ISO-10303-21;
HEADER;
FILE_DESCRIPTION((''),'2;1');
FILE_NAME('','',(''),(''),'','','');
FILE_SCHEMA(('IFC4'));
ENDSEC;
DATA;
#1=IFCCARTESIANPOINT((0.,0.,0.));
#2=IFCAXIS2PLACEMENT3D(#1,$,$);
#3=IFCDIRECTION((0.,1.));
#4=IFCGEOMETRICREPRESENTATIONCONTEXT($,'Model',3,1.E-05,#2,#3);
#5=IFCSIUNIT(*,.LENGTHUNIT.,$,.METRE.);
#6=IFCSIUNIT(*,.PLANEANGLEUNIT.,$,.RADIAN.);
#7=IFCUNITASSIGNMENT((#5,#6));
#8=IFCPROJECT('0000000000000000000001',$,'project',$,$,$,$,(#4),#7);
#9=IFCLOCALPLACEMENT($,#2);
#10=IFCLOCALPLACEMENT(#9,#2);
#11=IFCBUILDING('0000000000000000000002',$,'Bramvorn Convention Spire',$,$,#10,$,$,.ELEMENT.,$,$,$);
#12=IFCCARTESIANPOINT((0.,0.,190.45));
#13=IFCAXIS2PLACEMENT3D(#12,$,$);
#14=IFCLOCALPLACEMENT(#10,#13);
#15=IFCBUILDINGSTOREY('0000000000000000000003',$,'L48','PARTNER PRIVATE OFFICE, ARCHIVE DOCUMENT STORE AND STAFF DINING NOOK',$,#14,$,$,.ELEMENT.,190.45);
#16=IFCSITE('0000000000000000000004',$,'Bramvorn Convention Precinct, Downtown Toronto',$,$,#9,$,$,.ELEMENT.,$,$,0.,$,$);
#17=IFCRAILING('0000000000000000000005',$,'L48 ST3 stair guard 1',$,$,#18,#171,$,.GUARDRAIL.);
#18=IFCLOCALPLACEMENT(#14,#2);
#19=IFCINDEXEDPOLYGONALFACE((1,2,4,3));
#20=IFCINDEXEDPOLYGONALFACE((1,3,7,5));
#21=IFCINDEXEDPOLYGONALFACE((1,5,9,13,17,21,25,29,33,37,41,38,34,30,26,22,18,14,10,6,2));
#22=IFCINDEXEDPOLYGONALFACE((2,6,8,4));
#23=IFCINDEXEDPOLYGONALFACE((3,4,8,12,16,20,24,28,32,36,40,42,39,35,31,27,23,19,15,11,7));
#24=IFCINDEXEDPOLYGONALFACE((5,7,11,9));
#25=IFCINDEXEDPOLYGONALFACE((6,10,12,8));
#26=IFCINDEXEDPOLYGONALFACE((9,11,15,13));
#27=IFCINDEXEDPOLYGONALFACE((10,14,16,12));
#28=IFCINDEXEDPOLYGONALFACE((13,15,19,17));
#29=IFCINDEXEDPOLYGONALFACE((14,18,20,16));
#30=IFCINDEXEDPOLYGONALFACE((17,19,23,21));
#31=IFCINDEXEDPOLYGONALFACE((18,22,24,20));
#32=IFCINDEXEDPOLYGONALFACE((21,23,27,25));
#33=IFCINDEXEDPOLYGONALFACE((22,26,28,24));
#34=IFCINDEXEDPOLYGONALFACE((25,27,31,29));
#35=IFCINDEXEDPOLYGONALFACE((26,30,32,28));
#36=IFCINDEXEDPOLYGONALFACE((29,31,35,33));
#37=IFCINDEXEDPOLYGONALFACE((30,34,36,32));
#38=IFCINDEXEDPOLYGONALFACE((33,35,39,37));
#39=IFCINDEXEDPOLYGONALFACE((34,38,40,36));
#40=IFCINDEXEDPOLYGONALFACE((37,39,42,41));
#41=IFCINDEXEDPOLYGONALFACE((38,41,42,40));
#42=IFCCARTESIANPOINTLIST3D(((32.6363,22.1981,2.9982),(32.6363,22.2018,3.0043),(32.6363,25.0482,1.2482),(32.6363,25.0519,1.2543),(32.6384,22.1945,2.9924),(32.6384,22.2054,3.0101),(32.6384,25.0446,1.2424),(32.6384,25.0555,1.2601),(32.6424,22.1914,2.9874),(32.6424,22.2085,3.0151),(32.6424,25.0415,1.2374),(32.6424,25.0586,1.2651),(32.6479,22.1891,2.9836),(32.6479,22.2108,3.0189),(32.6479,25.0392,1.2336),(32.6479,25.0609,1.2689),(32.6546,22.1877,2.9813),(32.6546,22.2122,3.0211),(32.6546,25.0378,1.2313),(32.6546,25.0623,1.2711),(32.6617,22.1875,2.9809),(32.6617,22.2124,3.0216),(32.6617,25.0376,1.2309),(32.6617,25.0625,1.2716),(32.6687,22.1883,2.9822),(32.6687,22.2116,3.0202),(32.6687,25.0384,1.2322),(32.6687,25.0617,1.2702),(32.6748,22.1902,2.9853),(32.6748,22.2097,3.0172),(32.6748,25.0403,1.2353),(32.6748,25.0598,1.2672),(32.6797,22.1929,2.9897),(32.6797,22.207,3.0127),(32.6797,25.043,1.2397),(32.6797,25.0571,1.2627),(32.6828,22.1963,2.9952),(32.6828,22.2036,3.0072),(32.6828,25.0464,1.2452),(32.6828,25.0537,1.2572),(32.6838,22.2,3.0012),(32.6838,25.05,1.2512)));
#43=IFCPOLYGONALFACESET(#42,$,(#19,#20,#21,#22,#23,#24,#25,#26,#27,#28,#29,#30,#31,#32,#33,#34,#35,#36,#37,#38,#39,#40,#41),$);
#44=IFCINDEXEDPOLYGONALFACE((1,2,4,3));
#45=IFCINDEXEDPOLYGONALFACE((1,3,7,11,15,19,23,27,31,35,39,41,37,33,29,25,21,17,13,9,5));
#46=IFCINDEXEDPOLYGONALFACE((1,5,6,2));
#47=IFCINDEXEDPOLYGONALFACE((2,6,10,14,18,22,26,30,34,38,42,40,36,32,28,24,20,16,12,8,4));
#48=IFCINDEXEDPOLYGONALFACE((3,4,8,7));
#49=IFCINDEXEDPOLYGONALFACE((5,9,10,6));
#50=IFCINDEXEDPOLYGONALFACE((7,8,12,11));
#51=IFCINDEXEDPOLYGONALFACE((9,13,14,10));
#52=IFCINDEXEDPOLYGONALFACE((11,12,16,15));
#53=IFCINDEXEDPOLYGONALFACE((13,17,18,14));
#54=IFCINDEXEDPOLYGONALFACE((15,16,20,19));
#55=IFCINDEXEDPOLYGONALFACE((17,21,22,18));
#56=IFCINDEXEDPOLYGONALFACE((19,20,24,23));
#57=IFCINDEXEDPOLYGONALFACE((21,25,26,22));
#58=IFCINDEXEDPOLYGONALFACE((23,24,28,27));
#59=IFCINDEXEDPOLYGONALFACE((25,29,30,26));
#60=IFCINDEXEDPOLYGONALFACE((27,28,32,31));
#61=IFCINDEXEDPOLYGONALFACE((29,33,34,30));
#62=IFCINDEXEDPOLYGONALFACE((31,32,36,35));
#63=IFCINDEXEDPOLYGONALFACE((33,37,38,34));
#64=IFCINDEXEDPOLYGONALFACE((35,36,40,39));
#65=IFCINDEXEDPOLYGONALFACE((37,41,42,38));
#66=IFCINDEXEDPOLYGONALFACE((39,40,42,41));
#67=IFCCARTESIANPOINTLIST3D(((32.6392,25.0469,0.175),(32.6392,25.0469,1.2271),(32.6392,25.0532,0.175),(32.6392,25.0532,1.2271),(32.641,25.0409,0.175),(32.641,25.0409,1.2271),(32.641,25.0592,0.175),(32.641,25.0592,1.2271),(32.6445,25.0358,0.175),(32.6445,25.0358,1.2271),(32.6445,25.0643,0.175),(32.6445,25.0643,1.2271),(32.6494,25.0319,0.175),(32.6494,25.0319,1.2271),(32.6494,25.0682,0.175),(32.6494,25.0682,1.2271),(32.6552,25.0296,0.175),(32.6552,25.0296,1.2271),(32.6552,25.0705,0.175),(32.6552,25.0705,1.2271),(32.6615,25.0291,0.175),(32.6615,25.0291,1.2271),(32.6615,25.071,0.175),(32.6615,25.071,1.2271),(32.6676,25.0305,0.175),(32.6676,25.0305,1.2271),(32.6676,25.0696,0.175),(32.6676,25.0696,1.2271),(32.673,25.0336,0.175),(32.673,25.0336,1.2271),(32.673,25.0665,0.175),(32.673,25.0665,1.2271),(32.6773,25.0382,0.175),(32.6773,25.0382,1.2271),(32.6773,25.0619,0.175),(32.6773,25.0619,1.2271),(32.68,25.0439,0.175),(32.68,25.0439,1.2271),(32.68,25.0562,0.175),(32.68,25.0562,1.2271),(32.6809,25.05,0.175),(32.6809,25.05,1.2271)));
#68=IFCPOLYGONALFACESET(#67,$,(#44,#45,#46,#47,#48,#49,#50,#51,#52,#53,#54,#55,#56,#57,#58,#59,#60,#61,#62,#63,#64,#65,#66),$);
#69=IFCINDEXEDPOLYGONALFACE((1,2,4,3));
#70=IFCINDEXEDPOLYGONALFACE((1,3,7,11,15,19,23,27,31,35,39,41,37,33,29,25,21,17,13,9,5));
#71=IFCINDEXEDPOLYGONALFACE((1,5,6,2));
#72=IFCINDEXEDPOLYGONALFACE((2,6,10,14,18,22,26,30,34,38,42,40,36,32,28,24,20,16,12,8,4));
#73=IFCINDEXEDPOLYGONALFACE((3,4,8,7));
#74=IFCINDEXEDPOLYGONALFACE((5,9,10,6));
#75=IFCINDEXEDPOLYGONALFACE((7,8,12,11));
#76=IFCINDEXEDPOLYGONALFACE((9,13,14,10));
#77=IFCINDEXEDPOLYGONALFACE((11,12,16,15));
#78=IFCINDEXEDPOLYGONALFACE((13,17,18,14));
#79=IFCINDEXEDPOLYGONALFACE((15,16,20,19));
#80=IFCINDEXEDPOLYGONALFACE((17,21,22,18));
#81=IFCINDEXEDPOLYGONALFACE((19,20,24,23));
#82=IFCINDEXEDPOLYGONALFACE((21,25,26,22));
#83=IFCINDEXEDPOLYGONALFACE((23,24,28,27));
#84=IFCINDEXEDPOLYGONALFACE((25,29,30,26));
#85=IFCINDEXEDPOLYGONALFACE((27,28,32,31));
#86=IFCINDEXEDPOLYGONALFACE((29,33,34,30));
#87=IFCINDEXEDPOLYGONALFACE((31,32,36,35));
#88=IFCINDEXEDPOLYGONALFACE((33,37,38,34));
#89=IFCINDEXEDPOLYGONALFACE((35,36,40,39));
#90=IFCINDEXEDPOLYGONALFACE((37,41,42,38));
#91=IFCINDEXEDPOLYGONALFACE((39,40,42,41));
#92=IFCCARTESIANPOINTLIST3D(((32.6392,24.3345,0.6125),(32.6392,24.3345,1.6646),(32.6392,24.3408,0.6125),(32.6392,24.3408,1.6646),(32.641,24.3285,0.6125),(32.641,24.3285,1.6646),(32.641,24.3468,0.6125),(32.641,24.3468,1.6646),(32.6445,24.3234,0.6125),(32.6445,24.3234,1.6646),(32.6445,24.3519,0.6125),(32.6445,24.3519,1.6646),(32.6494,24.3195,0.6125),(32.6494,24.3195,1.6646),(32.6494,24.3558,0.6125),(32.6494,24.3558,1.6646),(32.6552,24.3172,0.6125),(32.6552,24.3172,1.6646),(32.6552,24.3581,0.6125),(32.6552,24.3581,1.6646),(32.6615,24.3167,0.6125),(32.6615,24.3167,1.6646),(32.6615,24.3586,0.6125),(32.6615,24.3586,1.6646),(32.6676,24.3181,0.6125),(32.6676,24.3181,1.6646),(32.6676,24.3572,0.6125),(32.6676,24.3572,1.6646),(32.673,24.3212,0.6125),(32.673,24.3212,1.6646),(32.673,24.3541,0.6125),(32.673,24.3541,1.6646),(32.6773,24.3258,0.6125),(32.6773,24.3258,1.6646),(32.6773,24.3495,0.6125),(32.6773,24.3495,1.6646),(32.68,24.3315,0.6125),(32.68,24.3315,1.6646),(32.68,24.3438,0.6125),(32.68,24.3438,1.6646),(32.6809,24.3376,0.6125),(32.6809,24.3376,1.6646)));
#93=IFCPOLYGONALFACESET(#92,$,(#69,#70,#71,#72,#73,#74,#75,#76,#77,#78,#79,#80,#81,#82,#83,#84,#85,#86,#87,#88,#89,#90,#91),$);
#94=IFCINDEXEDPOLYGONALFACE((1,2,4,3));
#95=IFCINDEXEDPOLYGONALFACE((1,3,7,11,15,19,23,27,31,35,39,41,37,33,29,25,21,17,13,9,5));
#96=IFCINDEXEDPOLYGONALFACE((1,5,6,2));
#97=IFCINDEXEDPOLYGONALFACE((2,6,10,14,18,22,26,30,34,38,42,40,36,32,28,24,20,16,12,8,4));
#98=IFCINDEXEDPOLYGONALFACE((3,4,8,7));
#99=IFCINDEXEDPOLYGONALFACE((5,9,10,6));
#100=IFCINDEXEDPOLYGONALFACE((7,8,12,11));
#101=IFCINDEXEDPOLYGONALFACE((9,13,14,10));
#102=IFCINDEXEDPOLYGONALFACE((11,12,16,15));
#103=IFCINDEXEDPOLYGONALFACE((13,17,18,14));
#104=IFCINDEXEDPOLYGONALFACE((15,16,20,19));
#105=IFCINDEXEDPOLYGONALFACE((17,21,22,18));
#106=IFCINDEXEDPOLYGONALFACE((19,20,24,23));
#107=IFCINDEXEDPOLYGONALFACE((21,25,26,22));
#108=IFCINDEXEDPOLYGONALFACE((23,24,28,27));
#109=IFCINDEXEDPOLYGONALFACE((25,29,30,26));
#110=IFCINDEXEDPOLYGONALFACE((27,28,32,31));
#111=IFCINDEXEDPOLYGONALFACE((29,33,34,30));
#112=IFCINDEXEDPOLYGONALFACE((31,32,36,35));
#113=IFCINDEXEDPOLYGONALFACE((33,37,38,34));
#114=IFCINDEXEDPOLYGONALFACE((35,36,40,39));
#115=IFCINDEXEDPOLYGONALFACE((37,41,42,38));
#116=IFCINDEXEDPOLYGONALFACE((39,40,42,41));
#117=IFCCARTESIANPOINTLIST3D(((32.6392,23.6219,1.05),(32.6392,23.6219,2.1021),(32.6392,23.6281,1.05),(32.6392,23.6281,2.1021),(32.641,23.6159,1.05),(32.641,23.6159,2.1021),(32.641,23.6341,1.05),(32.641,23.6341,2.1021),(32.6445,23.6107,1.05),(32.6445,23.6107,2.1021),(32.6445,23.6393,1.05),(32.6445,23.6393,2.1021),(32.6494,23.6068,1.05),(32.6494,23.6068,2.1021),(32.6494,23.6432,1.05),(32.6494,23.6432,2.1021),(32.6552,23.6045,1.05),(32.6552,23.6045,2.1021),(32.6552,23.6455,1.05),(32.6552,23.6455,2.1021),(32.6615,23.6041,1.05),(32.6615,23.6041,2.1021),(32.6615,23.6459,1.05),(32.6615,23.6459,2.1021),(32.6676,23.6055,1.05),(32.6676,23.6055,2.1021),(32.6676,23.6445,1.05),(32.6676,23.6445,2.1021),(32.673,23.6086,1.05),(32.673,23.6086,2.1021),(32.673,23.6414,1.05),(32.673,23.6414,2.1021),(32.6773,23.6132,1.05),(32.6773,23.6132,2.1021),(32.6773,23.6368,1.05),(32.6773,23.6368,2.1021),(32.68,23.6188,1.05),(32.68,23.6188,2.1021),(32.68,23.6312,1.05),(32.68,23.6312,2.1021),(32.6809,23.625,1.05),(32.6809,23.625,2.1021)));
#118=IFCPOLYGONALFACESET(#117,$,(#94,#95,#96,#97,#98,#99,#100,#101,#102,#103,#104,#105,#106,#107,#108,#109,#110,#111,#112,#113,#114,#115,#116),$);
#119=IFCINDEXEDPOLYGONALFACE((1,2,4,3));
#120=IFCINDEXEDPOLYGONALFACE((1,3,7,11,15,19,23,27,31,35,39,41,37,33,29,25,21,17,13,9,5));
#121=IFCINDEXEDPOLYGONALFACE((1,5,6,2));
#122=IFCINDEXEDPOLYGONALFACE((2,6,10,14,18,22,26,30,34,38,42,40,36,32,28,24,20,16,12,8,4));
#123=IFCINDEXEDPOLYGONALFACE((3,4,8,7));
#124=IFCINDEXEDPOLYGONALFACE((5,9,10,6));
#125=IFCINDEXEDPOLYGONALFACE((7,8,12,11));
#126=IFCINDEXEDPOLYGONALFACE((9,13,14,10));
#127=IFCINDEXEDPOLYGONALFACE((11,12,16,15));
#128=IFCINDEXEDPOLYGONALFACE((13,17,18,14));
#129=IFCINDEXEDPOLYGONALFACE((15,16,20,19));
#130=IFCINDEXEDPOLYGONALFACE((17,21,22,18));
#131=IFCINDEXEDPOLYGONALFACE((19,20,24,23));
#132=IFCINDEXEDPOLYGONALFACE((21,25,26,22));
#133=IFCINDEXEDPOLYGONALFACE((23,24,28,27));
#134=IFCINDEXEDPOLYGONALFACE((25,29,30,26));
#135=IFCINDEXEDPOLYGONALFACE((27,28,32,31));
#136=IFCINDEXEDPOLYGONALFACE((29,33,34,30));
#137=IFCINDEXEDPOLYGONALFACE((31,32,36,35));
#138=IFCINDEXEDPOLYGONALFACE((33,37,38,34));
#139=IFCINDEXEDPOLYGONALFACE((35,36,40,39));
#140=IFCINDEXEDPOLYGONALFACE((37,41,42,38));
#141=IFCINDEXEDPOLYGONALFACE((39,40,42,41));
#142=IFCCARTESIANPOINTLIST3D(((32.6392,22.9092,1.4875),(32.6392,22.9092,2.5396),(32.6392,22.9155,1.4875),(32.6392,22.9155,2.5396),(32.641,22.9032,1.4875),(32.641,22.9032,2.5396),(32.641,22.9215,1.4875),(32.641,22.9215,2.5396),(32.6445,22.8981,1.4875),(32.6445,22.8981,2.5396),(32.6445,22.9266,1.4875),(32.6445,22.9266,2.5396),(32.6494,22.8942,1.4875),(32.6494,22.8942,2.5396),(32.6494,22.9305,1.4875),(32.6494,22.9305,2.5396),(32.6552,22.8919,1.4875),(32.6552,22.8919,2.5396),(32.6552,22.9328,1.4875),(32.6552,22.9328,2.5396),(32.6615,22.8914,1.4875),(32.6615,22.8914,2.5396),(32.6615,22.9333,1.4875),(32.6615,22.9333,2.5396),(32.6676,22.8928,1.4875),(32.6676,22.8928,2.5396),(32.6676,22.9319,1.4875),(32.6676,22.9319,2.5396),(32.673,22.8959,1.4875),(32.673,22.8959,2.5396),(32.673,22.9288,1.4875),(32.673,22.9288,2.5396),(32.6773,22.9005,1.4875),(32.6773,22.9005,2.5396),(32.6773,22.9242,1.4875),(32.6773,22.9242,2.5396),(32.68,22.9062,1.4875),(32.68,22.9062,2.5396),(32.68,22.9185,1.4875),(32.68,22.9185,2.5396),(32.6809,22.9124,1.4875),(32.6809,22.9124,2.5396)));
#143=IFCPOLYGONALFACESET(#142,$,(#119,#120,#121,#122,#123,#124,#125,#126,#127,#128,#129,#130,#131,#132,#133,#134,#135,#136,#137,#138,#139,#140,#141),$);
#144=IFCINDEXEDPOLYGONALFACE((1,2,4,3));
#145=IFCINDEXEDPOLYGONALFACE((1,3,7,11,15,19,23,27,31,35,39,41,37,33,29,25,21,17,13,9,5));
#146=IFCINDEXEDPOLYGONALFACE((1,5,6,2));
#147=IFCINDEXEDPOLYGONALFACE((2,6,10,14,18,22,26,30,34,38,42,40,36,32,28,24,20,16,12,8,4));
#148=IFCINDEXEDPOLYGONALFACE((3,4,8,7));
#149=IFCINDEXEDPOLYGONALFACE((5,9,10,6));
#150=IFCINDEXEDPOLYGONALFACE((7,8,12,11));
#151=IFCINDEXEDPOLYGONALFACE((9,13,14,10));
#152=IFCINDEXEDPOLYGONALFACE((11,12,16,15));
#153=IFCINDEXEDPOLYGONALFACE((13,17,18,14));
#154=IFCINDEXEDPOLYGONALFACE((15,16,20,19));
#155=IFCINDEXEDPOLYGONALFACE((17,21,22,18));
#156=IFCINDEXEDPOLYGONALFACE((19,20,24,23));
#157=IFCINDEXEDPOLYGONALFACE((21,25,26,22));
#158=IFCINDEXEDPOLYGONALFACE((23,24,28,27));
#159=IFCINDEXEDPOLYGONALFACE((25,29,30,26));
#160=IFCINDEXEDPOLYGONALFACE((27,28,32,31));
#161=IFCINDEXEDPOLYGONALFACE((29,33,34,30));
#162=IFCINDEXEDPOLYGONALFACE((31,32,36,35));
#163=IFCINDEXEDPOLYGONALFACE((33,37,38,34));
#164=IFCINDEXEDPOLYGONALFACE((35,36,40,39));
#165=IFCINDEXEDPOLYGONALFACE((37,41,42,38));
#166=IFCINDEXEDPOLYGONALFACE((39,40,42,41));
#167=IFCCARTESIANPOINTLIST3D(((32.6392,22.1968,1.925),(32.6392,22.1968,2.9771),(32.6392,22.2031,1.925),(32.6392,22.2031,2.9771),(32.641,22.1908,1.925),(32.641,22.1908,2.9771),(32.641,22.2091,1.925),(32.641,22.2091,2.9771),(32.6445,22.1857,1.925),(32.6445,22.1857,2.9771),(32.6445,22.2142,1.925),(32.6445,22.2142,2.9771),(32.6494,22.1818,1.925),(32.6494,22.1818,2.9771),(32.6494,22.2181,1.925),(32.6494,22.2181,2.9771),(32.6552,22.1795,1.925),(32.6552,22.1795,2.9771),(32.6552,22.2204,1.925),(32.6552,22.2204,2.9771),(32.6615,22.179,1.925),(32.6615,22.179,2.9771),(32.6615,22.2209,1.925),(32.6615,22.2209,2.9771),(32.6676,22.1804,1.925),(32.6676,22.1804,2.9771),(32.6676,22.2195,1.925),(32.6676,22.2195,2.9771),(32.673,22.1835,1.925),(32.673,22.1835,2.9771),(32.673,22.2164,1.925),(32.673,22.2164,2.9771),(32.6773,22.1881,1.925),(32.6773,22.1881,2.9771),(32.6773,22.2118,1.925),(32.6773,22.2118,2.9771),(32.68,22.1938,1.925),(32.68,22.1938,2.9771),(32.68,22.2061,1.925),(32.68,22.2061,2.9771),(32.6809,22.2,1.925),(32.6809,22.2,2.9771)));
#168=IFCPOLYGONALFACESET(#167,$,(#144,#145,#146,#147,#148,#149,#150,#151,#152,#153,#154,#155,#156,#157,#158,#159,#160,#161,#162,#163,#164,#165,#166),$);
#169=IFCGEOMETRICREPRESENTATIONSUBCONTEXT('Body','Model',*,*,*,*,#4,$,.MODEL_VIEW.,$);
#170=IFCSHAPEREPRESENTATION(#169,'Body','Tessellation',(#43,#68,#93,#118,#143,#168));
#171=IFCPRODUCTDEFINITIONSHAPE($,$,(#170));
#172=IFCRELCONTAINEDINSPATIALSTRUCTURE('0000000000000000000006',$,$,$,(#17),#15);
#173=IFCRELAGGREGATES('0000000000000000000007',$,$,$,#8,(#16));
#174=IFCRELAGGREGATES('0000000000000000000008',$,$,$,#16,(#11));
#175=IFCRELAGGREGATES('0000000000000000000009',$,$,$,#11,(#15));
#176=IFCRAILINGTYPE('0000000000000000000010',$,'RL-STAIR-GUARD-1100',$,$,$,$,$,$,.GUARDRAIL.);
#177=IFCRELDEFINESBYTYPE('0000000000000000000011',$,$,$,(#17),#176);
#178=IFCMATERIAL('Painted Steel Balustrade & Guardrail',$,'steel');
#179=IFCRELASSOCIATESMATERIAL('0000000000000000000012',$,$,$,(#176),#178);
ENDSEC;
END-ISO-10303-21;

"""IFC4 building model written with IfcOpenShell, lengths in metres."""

from ifc_helpers import new_model, si_unit, direction, frame, origin, origin_2d, place, context, subcontext, project, spatial, circle, extrude, material, type_object, element, save


model = new_model("IFC4")

# Units and contexts
model_context = context("Model", 3, precision=1e-05, world=origin(), true_north=direction((0.0, 1.0)))
body_context = subcontext(model_context, "Body", "Model", "MODEL_VIEW")
ifc_project = project(units=[si_unit("LENGTHUNIT", "METRE"), si_unit("PLANEANGLEUNIT", "RADIAN")], contexts=[model_context])

# Site, building, storey
site_placement = place(None, origin())
site = spatial("IfcSite", under=ifc_project, at=site_placement, Name="Bramvorn Convention Precinct, Downtown Toronto", CompositionType="ELEMENT", RefElevation=0.0)
building_placement = place(site_placement, origin())
building = spatial("IfcBuilding", under=site, at=building_placement, Name="Bramvorn Convention Spire", CompositionType="ELEMENT")
storey_placement = place(building_placement, frame((0.0, 0.0, 190.45)))
storey = spatial("IfcBuildingStorey", under=building, at=storey_placement, Name="L48", Description="PARTNER PRIVATE OFFICE, ARCHIVE DOCUMENT STORE AND STAFF DINING NOOK", CompositionType="ELEMENT", Elevation=190.45)

# Railing
ifc_material_1 = material(Name="Painted Steel Balustrade & Guardrail", Category="steel")
railing_type_1 = type_object("IfcRailingType", Name="RL-STAIR-GUARD-1100", PredefinedType="GUARDRAIL", material=ifc_material_1)
railing_1_placement = place(storey_placement, frame((32.6599, 25.05, 0.175)))
element("IfcRailing", 1, at=railing_1_placement, inside=storey, type_object=railing_type_1, Name="L48 ST3 stair guard 1", PredefinedType="GUARDRAIL", context=body_context, shape_type="SweptSolid", body=[
    extrude(circle(Radius=0.0239, at=origin_2d()), frame((0.0, 0.0, 1.0762), z_axis=(0.0, -0.852179, 0.52325), x_axis=(1.0, 0.0, 0.0)), (0.0, 0.0, 1.0), 3.3445),
    extrude(circle(Radius=0.021, at=origin_2d()), origin(), (0.0, 0.0, 1.0), 1.052),
    extrude(circle(Radius=0.021, at=origin_2d()), frame((0.0, -0.7124, 0.4375)), (0.0, 0.0, 1.0), 1.052),
    extrude(circle(Radius=0.021, at=origin_2d()), frame((0.0, -1.425, 0.875)), (0.0, 0.0, 1.0), 1.052),
    extrude(circle(Radius=0.021, at=origin_2d()), frame((0.0, -2.1377, 1.3125)), (0.0, 0.0, 1.0), 1.052),
    extrude(circle(Radius=0.021, at=origin_2d()), frame((0.0, -2.8501, 1.75)), (0.0, 0.0, 1.0), 1.052),
])

save(model, "model.ifc")
